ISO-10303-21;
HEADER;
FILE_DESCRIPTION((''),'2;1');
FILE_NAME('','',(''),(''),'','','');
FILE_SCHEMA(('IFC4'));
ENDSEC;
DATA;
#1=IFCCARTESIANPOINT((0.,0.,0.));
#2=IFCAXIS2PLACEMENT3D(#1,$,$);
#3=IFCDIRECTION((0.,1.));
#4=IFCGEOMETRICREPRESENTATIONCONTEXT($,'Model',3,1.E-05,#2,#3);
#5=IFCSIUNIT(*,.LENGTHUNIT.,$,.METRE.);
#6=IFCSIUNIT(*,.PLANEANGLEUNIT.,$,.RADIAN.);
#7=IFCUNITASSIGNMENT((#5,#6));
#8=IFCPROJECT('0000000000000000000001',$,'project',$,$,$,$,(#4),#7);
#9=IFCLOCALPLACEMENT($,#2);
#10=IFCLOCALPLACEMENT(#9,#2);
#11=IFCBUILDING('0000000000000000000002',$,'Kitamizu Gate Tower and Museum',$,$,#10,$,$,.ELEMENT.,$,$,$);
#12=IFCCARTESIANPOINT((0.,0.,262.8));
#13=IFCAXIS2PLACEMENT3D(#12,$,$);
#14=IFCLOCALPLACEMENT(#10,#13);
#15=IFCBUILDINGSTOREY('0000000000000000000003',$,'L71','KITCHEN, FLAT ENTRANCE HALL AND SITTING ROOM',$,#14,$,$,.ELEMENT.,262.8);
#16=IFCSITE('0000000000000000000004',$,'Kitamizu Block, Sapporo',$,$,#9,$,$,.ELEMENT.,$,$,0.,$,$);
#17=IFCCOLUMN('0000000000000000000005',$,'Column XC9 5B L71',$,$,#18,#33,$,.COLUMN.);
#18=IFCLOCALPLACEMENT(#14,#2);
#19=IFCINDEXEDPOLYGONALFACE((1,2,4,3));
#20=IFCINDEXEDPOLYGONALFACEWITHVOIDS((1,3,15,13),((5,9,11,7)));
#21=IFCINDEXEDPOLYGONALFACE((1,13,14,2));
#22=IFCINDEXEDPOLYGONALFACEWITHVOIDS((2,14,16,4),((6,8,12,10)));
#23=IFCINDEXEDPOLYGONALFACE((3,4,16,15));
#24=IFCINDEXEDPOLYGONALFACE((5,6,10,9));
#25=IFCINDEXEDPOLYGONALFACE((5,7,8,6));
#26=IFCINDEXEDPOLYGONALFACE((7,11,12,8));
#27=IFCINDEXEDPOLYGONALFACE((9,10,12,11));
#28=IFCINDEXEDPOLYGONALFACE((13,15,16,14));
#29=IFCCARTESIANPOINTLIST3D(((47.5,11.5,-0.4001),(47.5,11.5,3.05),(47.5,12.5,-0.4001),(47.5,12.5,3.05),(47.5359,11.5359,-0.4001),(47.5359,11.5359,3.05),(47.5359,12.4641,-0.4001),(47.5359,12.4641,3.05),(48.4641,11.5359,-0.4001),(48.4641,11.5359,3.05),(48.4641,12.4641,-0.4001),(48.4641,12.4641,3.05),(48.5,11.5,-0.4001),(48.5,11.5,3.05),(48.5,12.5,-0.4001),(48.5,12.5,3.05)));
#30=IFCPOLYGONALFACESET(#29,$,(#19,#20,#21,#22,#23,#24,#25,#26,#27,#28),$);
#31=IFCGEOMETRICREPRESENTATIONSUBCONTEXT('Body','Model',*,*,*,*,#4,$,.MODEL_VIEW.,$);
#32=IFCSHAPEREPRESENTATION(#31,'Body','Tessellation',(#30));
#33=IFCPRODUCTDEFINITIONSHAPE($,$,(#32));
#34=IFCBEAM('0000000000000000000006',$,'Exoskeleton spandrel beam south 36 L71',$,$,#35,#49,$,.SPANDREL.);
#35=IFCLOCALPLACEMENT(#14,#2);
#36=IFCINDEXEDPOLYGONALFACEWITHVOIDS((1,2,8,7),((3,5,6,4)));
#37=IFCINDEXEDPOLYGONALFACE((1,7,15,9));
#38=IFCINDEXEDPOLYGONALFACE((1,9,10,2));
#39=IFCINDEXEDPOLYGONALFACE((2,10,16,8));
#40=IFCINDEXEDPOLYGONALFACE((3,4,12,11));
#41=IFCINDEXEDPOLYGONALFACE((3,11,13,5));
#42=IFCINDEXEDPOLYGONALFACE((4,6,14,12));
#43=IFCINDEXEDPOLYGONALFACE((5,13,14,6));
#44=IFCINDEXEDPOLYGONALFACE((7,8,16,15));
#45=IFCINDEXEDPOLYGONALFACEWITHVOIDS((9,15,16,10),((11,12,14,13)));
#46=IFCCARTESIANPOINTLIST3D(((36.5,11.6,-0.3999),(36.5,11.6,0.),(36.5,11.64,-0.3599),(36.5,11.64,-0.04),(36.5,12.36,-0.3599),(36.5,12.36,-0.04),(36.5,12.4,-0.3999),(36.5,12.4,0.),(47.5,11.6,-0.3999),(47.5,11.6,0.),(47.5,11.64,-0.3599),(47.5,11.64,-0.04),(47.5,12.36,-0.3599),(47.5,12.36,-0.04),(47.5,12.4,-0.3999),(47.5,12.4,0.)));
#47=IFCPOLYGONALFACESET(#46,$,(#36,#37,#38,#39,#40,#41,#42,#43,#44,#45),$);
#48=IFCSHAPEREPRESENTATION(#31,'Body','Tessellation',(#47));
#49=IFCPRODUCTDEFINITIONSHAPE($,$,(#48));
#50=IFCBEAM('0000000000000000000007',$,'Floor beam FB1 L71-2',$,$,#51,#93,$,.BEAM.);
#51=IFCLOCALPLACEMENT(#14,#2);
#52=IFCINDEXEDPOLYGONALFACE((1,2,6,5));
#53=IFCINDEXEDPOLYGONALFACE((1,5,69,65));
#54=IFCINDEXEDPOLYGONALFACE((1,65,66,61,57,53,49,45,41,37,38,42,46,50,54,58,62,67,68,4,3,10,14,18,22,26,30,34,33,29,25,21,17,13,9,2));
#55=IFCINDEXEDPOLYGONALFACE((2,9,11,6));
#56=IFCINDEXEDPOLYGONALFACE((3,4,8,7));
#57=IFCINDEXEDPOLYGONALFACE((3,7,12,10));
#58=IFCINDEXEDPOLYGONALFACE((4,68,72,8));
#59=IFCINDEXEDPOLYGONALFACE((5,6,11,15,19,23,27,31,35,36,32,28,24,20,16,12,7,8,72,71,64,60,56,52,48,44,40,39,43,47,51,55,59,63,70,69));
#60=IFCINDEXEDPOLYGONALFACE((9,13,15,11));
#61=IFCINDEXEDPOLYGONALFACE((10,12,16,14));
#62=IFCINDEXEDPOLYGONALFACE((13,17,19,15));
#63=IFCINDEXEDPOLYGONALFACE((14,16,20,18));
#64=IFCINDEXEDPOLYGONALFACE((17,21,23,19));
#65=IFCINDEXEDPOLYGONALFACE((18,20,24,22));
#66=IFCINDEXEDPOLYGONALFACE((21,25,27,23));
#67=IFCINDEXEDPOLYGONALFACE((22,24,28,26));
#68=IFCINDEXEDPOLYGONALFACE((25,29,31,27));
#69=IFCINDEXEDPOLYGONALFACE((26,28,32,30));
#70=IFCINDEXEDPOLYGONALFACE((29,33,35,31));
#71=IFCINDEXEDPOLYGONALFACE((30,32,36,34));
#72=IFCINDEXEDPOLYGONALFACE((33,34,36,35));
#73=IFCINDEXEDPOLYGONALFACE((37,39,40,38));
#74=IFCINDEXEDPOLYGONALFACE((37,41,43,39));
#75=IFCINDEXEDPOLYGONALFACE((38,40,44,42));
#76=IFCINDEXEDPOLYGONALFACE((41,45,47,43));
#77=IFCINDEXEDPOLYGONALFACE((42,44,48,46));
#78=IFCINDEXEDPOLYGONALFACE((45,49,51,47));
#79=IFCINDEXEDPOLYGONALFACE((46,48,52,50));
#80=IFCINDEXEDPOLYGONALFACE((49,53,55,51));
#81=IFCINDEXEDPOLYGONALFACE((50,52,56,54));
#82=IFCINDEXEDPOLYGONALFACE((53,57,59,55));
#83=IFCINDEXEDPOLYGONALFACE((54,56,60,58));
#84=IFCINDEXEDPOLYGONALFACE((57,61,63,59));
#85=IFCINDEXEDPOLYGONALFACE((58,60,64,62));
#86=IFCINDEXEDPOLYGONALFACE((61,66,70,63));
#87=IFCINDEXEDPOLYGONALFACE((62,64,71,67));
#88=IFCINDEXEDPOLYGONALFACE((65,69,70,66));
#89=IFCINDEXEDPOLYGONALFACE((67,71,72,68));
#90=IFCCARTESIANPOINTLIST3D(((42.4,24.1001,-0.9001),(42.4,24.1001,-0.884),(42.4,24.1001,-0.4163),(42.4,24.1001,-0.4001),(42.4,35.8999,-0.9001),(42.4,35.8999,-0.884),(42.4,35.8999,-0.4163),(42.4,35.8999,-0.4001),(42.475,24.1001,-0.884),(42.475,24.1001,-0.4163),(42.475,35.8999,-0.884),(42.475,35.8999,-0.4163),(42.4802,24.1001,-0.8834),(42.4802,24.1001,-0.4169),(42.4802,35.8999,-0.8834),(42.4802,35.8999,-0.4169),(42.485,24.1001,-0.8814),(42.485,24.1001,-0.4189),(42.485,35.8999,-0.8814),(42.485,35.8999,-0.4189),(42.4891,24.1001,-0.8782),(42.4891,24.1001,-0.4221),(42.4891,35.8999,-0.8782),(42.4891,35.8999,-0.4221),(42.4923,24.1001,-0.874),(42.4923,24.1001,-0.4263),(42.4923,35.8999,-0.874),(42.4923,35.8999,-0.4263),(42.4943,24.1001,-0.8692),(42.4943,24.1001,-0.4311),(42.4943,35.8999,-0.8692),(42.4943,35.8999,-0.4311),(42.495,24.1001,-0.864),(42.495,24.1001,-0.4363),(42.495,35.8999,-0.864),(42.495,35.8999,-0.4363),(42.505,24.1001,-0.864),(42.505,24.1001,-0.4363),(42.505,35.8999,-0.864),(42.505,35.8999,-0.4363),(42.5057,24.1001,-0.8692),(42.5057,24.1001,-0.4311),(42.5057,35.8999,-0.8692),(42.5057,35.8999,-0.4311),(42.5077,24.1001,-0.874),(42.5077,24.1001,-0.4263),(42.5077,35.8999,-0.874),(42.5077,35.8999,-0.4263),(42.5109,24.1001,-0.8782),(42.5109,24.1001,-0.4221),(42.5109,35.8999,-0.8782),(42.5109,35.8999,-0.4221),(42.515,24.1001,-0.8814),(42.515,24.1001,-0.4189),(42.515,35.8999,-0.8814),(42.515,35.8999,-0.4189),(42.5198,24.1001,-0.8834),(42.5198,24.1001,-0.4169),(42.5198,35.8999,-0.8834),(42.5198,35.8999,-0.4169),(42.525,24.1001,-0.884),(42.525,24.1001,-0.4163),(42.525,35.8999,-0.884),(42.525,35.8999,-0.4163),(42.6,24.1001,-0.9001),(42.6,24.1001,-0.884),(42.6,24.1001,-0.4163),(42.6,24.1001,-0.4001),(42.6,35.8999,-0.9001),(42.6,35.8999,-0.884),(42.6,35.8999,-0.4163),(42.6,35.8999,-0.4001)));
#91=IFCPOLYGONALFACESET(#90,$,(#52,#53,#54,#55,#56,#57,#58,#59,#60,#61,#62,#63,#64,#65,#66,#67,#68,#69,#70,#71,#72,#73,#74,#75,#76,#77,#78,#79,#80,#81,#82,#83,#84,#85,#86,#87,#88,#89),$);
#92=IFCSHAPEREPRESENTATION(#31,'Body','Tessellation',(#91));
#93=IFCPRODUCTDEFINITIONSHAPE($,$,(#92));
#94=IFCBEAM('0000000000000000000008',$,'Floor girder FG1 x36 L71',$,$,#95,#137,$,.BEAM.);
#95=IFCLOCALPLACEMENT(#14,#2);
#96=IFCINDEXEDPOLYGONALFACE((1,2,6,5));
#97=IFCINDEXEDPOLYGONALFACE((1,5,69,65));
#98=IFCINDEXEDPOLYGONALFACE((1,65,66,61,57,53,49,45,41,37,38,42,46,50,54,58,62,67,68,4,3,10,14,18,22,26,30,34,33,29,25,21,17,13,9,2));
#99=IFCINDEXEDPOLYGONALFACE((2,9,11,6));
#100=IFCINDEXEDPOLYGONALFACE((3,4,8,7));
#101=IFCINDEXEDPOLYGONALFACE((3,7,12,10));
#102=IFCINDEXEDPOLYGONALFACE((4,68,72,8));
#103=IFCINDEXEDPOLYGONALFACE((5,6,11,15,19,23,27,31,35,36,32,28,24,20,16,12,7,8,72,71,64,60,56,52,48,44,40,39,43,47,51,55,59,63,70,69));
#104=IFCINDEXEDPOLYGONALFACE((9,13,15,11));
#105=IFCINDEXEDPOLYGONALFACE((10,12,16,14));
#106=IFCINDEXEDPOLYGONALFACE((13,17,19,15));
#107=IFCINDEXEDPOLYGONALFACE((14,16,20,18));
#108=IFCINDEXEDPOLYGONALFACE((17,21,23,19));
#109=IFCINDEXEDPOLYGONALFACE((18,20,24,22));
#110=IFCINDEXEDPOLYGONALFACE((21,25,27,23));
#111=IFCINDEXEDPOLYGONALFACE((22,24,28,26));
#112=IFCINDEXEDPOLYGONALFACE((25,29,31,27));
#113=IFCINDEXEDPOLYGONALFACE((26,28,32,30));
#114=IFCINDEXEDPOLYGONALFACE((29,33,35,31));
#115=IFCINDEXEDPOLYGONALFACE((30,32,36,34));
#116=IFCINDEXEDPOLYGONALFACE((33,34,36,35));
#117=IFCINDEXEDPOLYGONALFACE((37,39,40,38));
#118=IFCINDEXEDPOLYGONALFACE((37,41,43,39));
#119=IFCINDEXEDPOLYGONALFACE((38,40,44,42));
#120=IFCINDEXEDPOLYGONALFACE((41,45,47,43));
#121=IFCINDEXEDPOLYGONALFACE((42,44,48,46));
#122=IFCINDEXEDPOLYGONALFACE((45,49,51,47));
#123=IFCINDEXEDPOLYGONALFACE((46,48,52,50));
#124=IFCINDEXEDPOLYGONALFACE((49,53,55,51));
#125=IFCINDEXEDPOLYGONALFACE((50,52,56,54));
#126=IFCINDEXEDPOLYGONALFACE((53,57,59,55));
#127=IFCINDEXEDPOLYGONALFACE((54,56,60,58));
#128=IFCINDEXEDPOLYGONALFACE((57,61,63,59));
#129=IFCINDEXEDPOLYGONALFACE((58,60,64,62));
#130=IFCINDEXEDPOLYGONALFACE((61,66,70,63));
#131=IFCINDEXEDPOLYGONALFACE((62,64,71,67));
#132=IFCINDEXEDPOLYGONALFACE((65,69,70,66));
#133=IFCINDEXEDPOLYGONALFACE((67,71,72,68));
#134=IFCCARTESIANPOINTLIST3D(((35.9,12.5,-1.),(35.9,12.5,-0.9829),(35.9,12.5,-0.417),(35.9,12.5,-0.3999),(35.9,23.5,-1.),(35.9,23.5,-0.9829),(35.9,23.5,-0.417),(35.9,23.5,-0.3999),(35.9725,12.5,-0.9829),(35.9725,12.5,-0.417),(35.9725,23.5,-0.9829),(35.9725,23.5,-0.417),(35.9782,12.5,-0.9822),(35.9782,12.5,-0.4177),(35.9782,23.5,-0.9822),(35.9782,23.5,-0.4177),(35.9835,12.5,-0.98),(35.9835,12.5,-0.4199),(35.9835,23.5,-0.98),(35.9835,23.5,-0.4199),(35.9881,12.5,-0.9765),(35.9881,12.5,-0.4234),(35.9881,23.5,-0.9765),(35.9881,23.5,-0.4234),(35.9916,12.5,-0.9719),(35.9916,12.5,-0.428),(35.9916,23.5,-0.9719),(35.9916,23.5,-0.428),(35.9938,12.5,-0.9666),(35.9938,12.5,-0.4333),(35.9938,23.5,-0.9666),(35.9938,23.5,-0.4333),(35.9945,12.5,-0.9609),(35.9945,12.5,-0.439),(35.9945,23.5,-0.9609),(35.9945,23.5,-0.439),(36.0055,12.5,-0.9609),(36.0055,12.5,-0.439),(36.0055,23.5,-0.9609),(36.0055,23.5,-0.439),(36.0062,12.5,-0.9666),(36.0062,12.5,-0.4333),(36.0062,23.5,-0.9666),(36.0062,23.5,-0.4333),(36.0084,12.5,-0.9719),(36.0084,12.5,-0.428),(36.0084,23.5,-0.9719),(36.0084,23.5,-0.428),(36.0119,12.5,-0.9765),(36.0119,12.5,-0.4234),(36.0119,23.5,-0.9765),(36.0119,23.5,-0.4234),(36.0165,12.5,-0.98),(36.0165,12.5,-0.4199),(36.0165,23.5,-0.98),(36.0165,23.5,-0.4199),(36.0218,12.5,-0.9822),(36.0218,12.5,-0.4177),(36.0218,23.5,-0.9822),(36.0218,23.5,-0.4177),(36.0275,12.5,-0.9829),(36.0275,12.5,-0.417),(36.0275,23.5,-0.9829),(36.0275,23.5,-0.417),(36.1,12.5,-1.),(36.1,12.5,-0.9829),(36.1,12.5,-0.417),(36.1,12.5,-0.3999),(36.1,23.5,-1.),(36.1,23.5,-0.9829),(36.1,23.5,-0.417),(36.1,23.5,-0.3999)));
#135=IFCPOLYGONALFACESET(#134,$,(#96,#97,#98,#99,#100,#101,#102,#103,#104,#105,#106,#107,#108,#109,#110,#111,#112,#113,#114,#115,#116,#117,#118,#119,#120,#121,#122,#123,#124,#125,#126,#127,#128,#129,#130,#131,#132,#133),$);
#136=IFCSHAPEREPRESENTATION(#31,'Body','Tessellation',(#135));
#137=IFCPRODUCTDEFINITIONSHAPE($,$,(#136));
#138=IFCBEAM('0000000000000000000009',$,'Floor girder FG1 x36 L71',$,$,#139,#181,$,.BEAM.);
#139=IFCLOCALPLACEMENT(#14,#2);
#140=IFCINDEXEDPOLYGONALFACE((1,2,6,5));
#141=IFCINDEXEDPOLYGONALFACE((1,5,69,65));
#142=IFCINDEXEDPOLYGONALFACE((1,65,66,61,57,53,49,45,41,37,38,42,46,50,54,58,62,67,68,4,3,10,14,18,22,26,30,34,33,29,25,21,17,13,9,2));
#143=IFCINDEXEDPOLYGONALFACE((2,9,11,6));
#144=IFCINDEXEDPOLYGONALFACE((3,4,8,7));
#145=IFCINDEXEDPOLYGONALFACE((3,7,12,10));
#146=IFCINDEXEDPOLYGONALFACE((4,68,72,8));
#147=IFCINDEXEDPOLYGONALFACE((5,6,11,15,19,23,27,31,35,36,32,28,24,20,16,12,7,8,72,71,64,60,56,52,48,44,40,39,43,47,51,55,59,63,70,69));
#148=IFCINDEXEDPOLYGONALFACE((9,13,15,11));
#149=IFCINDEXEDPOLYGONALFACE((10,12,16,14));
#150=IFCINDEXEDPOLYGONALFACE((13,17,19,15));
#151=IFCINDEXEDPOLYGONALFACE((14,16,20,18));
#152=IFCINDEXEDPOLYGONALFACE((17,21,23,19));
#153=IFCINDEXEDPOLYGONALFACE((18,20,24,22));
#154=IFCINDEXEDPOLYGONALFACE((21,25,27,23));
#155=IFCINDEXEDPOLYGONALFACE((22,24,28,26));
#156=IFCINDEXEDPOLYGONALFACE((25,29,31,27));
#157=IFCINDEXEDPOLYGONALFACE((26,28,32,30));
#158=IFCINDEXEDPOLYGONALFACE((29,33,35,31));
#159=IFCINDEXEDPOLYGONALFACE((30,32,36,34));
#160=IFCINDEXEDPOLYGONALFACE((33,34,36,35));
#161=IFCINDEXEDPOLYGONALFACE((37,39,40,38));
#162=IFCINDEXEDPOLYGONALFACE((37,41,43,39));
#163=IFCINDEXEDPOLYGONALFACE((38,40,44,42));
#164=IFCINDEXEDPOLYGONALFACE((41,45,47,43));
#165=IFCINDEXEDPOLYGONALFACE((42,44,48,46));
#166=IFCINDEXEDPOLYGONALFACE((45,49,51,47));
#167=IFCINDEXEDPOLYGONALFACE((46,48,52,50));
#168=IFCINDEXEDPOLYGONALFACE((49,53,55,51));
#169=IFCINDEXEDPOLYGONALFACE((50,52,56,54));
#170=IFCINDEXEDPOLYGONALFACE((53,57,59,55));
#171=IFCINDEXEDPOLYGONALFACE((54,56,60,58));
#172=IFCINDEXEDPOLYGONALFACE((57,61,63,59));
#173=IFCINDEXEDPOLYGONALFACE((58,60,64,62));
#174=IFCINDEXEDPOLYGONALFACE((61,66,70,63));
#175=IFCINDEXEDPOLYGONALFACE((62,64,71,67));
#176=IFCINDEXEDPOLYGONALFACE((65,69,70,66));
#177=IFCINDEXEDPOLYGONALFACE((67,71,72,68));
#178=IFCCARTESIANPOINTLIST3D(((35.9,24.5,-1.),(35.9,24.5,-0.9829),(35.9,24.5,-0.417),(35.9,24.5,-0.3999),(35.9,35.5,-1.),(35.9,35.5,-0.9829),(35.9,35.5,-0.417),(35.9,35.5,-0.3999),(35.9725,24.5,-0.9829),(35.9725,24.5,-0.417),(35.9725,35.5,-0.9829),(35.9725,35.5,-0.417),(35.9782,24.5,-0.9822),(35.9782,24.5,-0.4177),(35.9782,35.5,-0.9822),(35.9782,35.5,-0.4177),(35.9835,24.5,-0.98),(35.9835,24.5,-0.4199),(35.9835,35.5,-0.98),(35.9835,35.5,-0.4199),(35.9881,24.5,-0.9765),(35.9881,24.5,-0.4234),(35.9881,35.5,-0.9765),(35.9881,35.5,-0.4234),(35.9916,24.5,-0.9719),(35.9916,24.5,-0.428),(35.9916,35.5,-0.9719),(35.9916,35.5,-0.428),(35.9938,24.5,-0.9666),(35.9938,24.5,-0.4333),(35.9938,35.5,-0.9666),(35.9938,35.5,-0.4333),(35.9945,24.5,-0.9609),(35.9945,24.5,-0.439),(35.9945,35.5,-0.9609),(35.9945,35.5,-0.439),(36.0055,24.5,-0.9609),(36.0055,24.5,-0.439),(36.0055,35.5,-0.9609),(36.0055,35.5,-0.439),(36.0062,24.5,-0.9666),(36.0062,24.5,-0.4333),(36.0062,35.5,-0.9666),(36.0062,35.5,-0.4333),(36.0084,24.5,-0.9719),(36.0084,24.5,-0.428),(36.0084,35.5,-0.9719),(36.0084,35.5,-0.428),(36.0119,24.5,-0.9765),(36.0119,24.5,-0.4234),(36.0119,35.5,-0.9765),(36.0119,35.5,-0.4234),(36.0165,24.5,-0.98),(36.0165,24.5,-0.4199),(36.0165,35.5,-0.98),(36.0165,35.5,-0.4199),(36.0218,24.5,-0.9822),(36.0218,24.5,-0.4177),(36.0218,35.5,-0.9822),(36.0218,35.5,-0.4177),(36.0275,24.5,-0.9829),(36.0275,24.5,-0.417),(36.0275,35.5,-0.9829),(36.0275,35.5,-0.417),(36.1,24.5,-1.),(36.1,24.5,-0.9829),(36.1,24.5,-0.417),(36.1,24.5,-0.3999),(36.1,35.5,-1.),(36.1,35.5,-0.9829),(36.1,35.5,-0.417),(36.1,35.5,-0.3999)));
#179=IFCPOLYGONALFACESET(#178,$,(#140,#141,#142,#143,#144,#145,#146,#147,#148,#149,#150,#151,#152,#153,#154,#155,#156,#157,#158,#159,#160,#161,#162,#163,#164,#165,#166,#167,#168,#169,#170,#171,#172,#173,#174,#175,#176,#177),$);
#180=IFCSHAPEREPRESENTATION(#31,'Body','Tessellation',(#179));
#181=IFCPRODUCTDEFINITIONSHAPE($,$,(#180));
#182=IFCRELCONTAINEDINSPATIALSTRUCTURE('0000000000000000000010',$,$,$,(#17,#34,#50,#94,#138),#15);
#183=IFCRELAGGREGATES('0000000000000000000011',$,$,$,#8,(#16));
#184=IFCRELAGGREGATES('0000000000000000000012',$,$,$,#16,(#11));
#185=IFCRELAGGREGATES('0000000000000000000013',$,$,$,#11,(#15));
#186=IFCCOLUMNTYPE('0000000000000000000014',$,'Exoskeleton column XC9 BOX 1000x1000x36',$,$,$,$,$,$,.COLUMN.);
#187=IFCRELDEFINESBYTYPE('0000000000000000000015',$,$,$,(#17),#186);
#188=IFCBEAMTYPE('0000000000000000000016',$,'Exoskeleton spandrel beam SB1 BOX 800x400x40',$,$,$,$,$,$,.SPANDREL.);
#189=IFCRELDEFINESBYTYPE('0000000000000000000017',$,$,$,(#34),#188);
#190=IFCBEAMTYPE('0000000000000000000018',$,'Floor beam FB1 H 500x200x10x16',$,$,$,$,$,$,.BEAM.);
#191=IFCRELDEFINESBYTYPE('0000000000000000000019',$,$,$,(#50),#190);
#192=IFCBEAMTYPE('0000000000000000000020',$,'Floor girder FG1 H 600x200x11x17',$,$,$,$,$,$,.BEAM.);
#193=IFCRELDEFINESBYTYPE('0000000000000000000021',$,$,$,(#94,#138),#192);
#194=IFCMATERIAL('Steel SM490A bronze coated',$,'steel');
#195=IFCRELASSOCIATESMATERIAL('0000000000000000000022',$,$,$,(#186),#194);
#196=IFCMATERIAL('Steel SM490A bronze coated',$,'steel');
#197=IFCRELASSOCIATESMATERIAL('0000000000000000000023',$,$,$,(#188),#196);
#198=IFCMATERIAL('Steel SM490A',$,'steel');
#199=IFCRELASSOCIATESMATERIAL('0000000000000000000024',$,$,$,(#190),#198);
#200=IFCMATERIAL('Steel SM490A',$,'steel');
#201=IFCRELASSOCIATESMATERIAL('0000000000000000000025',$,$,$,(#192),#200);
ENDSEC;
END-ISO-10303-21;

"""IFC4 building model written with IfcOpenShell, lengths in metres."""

from ifc_helpers import new_model, si_unit, direction, frame, origin, origin_2d, place, context, subcontext, project, spatial, hollow_rectangle, i_section, extrude, material, material_profile, profile_set, type_object, element, save


model = new_model("IFC4")

# Units and contexts
model_context = context("Model", 3, precision=1e-05, world=origin(), true_north=direction((0.0, 1.0)))
body_context = subcontext(model_context, "Body", "Model", "MODEL_VIEW")
ifc_project = project(units=[si_unit("LENGTHUNIT", "METRE"), si_unit("PLANEANGLEUNIT", "RADIAN")], contexts=[model_context])

# Site, building, storey
site_placement = place(None, origin())
site = spatial("IfcSite", under=ifc_project, at=site_placement, Name="Kitamizu Block, Sapporo", CompositionType="ELEMENT", RefElevation=0.0)
building_placement = place(site_placement, origin())
building = spatial("IfcBuilding", under=site, at=building_placement, Name="Kitamizu Gate Tower and Museum", CompositionType="ELEMENT")
storey_placement = place(building_placement, frame((0.0, 0.0, 262.8)))
storey = spatial("IfcBuildingStorey", under=building, at=storey_placement, Name="L71", Description="KITCHEN, FLAT ENTRANCE HALL AND SITTING ROOM", CompositionType="ELEMENT", Elevation=262.8)

# Column
ifc_material_1 = material(Name="Steel SM490A bronze coated", Category="steel")
ifc_material_profile_1 = material_profile(ifc_material_1, hollow_rectangle(XDim=1.0, YDim=1.0, WallThickness=0.0359, at=origin_2d()), Name="BOX 1000x1000x36")
ifc_profile_set_1 = profile_set([ifc_material_profile_1], Name="Steel SM490A bronze coated")
column_type = type_object("IfcColumnType", Name="Exoskeleton column XC9 BOX 1000x1000x36", PredefinedType="COLUMN", material=ifc_profile_set_1)
column_placement = place(storey_placement, frame((48.0, 12.0, -0.4001), z_axis=(0.0, 0.0, 1.0), x_axis=(1.0, 0.0, 0.0)))
element("IfcColumn", 1, at=column_placement, inside=storey, type_object=column_type, Name="Column XC9 5B L71", PredefinedType="COLUMN", context=body_context, shape_type="SweptSolid", body=[
    extrude(hollow_rectangle(XDim=1.0, YDim=1.0, WallThickness=0.0359, at=origin_2d()), origin(), (0.0, 0.0, 1.0), 3.4502),
])

# Beams
ifc_material_2 = material(Name="Steel SM490A bronze coated", Category="steel")
ifc_material_profile_2 = material_profile(ifc_material_2, hollow_rectangle(XDim=0.8, YDim=0.3999, WallThickness=0.04, at=origin_2d()), Name="BOX 800x400x40")
ifc_profile_set_2 = profile_set([ifc_material_profile_2], Name="Steel SM490A bronze coated")
beam_type_1 = type_object("IfcBeamType", Name="Exoskeleton spandrel beam SB1 BOX 800x400x40", PredefinedType="SPANDREL", material=ifc_profile_set_2)
beam_1_placement = place(storey_placement, frame((36.5, 12.0, -0.2), z_axis=(1.0, 0.0, 0.0), x_axis=(0.0, 1.0, 0.0)))
element("IfcBeam", 2, at=beam_1_placement, inside=storey, type_object=beam_type_1, Name="Exoskeleton spandrel beam south 36 L71", PredefinedType="SPANDREL", context=body_context, shape_type="SweptSolid", body=[
    extrude(hollow_rectangle(XDim=0.8, YDim=0.3999, WallThickness=0.04, at=origin_2d()), origin(), (0.0, 0.0, 1.0), 11.0),
])
ifc_material_3 = material(Name="Steel SM490A", Category="steel")
ifc_material_profile_3 = material_profile(ifc_material_3, i_section(OverallWidth=0.2, OverallDepth=0.5, WebThickness=0.01, FlangeThickness=0.0161, FilletRadius=0.02, at=origin_2d()), Name="H-500x200x10x16")
ifc_profile_set_3 = profile_set([ifc_material_profile_3], Name="Steel SM490A")
beam_type_2 = type_object("IfcBeamType", Name="Floor beam FB1 H 500x200x10x16", PredefinedType="BEAM", material=ifc_profile_set_3)
beam_2_placement = place(storey_placement, frame((42.5, 24.1001, -0.6501), z_axis=(0.0, 1.0, 0.0), x_axis=(-1.0, 0.0, 0.0)))
element("IfcBeam", 3, at=beam_2_placement, inside=storey, type_object=beam_type_2, Name="Floor beam FB1 L71-2", PredefinedType="BEAM", context=body_context, shape_type="SweptSolid", body=[
    extrude(i_section(OverallWidth=0.2, OverallDepth=0.5, WebThickness=0.01, FlangeThickness=0.0161, FilletRadius=0.02, at=origin_2d()), origin(), (0.0, 0.0, 1.0), 11.7998),
])
ifc_material_4 = material(Name="Steel SM490A", Category="steel")
ifc_material_profile_4 = material_profile(ifc_material_4, i_section(OverallWidth=0.2, OverallDepth=0.6001, WebThickness=0.011, FlangeThickness=0.0171, FilletRadius=0.022, at=origin_2d()), Name="H-600x200x11x17")
ifc_profile_set_4 = profile_set([ifc_material_profile_4], Name="Steel SM490A")
beam_type_3 = type_object("IfcBeamType", Name="Floor girder FG1 H 600x200x11x17", PredefinedType="BEAM", material=ifc_profile_set_4)
for number, where, z_axis, x_axis, name in (
    (4, (36.0, 12.5, -0.7), (0.0, 1.0, 0.0), (-1.0, 0.0, 0.0), "Floor girder FG1 x36 L71"),
    (5, (36.0, 24.5, -0.7), (0.0, 1.0, 0.0), (-1.0, 0.0, 0.0), "Floor girder FG1 x36 L71"),
):
    element("IfcBeam", number, at=place(storey_placement, frame(where, z_axis=z_axis, x_axis=x_axis)), inside=storey, type_object=beam_type_3, Name=name, PredefinedType="BEAM", context=body_context, shape_type="SweptSolid", body=[
        extrude(i_section(OverallWidth=0.2, OverallDepth=0.6001, WebThickness=0.011, FlangeThickness=0.0171, FilletRadius=0.022, at=origin_2d()), origin(), (0.0, 0.0, 1.0), 11.0),
    ])

save(model, "model.ifc")
